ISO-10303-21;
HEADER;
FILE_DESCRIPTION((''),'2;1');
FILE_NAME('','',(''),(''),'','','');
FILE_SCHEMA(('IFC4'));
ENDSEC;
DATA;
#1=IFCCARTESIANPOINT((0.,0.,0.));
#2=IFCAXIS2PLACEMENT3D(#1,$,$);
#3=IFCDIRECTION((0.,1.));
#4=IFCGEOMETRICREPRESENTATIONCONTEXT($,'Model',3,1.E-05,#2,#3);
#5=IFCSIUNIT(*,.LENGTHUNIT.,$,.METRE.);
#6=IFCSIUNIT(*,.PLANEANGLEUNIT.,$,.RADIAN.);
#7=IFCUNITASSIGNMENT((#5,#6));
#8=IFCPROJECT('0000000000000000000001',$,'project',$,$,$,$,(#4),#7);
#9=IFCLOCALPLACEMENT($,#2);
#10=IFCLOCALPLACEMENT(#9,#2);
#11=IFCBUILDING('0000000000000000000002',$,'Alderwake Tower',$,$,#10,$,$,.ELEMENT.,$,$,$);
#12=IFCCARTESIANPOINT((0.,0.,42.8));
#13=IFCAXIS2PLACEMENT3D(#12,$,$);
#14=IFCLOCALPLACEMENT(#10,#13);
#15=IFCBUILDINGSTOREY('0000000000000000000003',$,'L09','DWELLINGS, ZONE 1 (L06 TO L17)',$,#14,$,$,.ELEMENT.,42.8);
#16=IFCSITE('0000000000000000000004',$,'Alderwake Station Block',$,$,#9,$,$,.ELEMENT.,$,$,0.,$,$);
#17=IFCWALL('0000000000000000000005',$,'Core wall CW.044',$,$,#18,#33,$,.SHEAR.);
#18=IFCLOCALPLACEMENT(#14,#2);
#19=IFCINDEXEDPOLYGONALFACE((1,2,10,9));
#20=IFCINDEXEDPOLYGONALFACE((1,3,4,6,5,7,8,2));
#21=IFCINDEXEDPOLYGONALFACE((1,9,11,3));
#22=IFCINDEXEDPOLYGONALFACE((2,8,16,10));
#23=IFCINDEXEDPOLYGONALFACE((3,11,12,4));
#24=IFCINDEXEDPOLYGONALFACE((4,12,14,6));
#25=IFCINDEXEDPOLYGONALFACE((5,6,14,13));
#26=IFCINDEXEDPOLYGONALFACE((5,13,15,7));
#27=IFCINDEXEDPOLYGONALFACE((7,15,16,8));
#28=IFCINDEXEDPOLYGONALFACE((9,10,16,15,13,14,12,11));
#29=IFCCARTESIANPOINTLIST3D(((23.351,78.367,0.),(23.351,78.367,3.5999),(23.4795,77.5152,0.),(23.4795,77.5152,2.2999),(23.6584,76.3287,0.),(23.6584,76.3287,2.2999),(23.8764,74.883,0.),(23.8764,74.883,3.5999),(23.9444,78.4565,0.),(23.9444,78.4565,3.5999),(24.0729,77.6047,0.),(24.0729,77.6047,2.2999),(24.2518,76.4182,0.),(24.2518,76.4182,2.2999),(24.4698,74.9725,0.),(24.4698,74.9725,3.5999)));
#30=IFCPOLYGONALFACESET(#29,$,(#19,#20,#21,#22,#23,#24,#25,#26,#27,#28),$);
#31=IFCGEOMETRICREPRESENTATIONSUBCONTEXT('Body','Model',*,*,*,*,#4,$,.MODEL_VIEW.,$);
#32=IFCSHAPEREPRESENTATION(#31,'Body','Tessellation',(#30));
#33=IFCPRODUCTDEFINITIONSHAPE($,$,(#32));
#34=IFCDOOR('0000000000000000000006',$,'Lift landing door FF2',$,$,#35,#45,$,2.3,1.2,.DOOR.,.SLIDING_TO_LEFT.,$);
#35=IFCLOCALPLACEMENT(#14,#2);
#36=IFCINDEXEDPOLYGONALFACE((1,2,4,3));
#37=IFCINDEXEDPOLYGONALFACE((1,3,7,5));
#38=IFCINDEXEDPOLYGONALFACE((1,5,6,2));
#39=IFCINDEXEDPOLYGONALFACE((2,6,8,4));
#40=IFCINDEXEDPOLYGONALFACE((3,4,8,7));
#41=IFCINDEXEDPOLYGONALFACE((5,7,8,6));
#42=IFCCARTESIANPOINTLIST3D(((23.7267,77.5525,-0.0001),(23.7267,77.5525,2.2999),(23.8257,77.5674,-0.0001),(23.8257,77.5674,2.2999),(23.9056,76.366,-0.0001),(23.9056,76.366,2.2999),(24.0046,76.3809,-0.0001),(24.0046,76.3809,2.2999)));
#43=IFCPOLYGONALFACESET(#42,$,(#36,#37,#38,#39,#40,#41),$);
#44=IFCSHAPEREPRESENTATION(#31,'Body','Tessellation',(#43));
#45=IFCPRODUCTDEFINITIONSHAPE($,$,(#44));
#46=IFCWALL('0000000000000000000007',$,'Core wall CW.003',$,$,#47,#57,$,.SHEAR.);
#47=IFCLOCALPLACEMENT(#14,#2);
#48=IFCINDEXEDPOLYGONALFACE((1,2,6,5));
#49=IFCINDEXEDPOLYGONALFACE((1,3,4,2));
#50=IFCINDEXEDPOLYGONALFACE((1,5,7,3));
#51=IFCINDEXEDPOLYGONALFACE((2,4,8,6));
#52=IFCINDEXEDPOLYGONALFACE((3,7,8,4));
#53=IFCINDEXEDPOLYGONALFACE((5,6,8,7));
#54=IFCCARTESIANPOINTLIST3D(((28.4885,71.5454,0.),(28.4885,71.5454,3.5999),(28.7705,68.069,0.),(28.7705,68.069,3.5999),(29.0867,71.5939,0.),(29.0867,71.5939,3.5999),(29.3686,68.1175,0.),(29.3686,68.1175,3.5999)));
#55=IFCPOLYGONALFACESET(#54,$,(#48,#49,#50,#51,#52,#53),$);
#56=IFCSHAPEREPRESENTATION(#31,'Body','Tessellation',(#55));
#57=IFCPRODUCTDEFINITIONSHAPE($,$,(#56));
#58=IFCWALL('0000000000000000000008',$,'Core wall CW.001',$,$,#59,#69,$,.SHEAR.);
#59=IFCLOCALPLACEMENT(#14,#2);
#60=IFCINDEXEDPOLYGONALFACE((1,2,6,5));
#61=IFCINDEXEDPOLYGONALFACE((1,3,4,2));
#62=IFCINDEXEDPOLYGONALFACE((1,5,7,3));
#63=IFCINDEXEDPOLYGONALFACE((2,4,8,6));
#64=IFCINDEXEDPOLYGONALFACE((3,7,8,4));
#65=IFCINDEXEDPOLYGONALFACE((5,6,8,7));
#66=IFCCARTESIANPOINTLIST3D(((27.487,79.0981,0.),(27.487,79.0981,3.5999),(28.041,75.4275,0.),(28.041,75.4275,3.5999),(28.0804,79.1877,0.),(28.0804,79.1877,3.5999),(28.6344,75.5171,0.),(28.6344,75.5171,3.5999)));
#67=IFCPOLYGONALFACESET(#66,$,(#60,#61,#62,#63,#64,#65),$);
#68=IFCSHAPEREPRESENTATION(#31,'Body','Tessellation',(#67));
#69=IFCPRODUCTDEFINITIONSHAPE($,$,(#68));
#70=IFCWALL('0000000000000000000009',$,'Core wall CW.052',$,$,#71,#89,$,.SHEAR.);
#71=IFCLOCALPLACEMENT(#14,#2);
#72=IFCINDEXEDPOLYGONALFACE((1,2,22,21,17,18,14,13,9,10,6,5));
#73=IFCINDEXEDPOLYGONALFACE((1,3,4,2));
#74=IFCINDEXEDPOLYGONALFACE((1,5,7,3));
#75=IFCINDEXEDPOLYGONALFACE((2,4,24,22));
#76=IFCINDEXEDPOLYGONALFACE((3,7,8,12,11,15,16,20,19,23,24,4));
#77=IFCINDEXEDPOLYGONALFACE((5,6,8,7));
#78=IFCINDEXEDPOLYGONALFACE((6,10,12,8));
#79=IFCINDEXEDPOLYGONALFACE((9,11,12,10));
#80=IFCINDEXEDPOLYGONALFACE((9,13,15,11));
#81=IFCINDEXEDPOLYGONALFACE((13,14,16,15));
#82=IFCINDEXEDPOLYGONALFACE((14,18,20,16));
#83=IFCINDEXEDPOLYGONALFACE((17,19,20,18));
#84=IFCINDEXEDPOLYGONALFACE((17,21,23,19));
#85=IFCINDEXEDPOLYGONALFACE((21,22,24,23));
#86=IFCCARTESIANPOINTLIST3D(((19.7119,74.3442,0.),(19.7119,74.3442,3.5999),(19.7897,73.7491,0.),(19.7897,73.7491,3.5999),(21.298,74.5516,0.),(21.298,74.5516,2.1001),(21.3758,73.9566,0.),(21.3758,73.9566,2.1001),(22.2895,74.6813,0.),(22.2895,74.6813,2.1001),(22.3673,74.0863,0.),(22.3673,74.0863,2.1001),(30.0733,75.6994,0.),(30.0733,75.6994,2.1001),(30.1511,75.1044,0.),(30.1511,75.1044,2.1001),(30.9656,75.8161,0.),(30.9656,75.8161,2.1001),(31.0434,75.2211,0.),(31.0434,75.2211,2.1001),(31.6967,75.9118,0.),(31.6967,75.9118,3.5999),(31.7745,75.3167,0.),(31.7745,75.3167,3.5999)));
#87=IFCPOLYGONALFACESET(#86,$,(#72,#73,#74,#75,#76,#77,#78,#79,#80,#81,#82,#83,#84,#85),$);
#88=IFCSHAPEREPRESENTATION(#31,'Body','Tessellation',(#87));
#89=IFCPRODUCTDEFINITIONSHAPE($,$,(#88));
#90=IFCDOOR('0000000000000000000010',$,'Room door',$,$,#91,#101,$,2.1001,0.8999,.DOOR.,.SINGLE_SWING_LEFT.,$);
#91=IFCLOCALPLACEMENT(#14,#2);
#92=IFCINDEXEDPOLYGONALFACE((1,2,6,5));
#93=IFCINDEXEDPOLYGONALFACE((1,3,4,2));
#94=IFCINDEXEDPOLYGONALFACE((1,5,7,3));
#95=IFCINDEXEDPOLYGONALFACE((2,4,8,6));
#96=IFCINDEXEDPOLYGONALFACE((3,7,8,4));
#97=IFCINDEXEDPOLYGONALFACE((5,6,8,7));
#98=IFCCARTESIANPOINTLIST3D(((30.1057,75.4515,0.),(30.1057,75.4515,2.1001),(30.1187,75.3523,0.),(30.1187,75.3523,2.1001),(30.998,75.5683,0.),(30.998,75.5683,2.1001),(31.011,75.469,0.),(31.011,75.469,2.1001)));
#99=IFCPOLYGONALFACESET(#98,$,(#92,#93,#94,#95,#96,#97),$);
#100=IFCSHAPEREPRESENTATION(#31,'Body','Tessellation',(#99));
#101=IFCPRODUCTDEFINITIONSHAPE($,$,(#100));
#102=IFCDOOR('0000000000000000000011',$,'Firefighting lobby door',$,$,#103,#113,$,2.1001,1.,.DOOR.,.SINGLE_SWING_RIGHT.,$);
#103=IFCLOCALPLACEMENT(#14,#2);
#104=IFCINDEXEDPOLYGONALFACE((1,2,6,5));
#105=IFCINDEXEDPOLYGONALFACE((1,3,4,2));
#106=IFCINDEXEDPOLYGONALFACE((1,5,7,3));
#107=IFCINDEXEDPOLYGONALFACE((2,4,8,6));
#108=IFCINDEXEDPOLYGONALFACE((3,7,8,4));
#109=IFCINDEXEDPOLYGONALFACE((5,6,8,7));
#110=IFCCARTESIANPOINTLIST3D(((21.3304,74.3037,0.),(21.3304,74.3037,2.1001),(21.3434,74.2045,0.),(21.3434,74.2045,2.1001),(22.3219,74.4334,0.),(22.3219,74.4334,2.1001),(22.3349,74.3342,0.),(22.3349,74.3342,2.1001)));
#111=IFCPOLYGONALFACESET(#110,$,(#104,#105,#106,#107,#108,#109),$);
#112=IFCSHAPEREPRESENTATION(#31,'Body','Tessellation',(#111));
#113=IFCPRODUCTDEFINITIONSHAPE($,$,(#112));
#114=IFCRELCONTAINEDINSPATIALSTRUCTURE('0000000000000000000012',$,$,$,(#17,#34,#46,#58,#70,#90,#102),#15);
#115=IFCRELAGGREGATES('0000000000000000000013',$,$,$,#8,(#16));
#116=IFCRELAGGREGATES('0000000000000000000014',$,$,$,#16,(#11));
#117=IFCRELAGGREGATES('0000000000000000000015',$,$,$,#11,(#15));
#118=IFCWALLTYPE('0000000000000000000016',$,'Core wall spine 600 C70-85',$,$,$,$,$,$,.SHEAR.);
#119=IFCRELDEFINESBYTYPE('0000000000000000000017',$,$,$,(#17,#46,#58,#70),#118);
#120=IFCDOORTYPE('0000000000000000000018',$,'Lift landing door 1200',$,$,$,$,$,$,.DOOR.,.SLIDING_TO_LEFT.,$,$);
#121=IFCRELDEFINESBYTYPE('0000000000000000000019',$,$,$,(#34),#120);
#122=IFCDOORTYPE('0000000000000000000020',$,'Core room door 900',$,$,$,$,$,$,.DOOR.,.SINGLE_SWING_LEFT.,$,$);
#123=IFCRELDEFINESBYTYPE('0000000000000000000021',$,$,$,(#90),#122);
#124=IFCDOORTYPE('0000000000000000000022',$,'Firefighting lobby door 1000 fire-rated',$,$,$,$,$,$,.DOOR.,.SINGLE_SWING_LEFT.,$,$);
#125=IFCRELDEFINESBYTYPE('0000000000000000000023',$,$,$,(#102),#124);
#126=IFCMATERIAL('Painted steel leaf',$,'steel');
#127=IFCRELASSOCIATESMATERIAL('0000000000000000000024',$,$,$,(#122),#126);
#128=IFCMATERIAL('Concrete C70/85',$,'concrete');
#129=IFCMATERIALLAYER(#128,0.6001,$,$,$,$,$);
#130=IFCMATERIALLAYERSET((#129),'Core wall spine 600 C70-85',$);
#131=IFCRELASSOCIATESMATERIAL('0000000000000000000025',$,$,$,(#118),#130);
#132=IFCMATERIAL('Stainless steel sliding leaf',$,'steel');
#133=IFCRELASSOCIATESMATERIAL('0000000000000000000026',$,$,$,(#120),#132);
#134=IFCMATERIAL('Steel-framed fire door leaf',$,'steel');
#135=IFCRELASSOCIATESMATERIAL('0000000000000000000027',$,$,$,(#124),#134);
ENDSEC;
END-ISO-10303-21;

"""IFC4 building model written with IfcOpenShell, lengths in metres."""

from ifc_helpers import new_model, si_unit, direction, frame, frame_2d, origin, place, context, subcontext, project, spatial, rectangle, extrude, material, layer, layer_set, type_object, element, fill, save


model = new_model("IFC4")

# Units and contexts
model_context = context("Model", 3, precision=1e-05, world=origin(), true_north=direction((0.0, 1.0)))
body_context = subcontext(model_context, "Body", "Model", "MODEL_VIEW")
ifc_project = project(units=[si_unit("LENGTHUNIT", "METRE"), si_unit("PLANEANGLEUNIT", "RADIAN")], contexts=[model_context])

# Site, building, storey
site_placement = place(None, origin())
site = spatial("IfcSite", under=ifc_project, at=site_placement, Name="Alderwake Station Block", CompositionType="ELEMENT", RefElevation=0.0)
building_placement = place(site_placement, origin())
building = spatial("IfcBuilding", under=site, at=building_placement, Name="Alderwake Tower", CompositionType="ELEMENT")
storey_placement = place(building_placement, frame((0.0, 0.0, 42.8)))
storey = spatial("IfcBuildingStorey", under=building, at=storey_placement, Name="L09", Description="DWELLINGS, ZONE 1 (L06 TO L17)", CompositionType="ELEMENT", Elevation=42.8)

# Shared definitions
ifc_material_1 = material(Name="Painted steel leaf", Category="steel")
door_type_1 = type_object("IfcDoorType", Name="Core room door 900", OperationType="SINGLE_SWING_LEFT", PredefinedType="DOOR", material=ifc_material_1)

# Wall, opening, door
ifc_material_2 = material(Name="Concrete C70/85", Category="concrete")
ifc_layer_1 = layer(ifc_material_2, 0.6001)
ifc_layer_set_1 = layer_set([ifc_layer_1], Name="Core wall spine 600 C70-85")
wall_type_1 = type_object("IfcWallType", Name="Core wall spine 600 C70-85", PredefinedType="SHEAR", material=ifc_layer_set_1)
wall_1_placement = place(storey_placement, frame((24.1731, 74.9277, 0.0), z_axis=(0.0, 0.0, 1.0), x_axis=(-0.14911, 0.988821, 0.0)))
wall_1 = element("IfcWall", 1, at=wall_1_placement, inside=storey, type_object=wall_type_1, Name="Core wall CW.044", PredefinedType="SHEAR", context=body_context, shape_type="SweptSolid", body=[
    extrude(rectangle(XDim=3.5234, YDim=0.6001, at=frame_2d((1.7617, 0.0))), origin(), (0.0, 0.0, 1.0), 3.5999),
])
opening_1_placement = place(wall_1_placement, frame((1.4619, 0.0, 0.0)))
opening_1 = element("IfcOpeningElement", 2, at=opening_1_placement, cuts=wall_1, PredefinedType="OPENING", context=body_context, shape_type="SweptSolid", body=[
    extrude(rectangle(XDim=1.2, YDim=2.3, at=frame_2d((0.6001, 1.1499))), frame((0.0, 0.3101, 0.0), z_axis=(0.0, -1.0, 0.0), x_axis=(1.0, 0.0, 0.0)), (0.0, 0.0, 1.0), 0.6201),
])
ifc_material_3 = material(Name="Stainless steel sliding leaf", Category="steel")
door_type_2 = type_object("IfcDoorType", Name="Lift landing door 1200", OperationType="SLIDING_TO_LEFT", PredefinedType="DOOR", material=ifc_material_3)
door_1_placement = place(opening_1_placement, origin())
door_1 = element("IfcDoor", 3, at=door_1_placement, inside=storey, type_object=door_type_2, Name="Lift landing door FF2", OperationType="SLIDING_TO_LEFT", OverallHeight=2.3, OverallWidth=1.2, PredefinedType="DOOR", context=body_context, shape_type="SweptSolid", body=[
    extrude(rectangle(XDim=1.2, YDim=2.3, at=frame_2d((0.6001, 1.1499))), frame((0.0, 0.05, 0.0), z_axis=(0.0, -1.0, 0.0), x_axis=(1.0, 0.0, 0.0)), (0.0, 0.0, 1.0), 0.1001),
])
fill(opening_1, door_1)

# Walls
wall_2_placement = place(storey_placement, frame((29.0696, 68.0933, 0.0), z_axis=(0.0, 0.0, 1.0), x_axis=(-0.08085, 0.996726, 0.0)))
element("IfcWall", 4, at=wall_2_placement, inside=storey, type_object=wall_type_1, Name="Core wall CW.003", PredefinedType="SHEAR", context=body_context, shape_type="SweptSolid", body=[
    extrude(rectangle(XDim=3.4878, YDim=0.6001, at=frame_2d((1.7439, 0.0))), origin(), (0.0, 0.0, 1.0), 3.5999),
])
wall_3_placement = place(storey_placement, frame((28.3376, 75.4724, 0.0), z_axis=(0.0, 0.0, 1.0), x_axis=(-0.149225, 0.988803, 0.0)))
element("IfcWall", 5, at=wall_3_placement, inside=storey, type_object=wall_type_1, Name="Core wall CW.001", PredefinedType="SHEAR", context=body_context, shape_type="SweptSolid", body=[
    extrude(rectangle(XDim=3.7122, YDim=0.6001, at=frame_2d((1.856, 0.0))), origin(), (0.0, 0.0, 1.0), 3.5999),
])

# Wall, openings, doors
wall_4_placement = place(storey_placement, frame((31.7356, 75.6143, 0.0), z_axis=(0.0, 0.0, 1.0), x_axis=(-0.991554, -0.129696, 0.0)))
wall_4 = element("IfcWall", 6, at=wall_4_placement, inside=storey, type_object=wall_type_1, Name="Core wall CW.052", PredefinedType="SHEAR", context=body_context, shape_type="SweptSolid", body=[
    extrude(rectangle(XDim=12.0869, YDim=0.6001, at=frame_2d((6.0435, 0.0))), origin(), (0.0, 0.0, 1.0), 3.5999),
])
opening_2_placement = place(wall_4_placement, frame((9.4873, 0.0, 0.0)))
opening_2 = element("IfcOpeningElement", 7, at=opening_2_placement, cuts=wall_4, PredefinedType="OPENING", context=body_context, shape_type="SweptSolid", body=[
    extrude(rectangle(XDim=1.0, YDim=2.1001, at=frame_2d((0.5, 1.05))), frame((0.0, 0.3101, 0.0), z_axis=(0.0, -1.0, 0.0), x_axis=(1.0, 0.0, 0.0)), (0.0, 0.0, 1.0), 0.6201),
])
opening_3_placement = place(wall_4_placement, frame((0.7373, 0.0, 0.0)))
opening_3 = element("IfcOpeningElement", 8, at=opening_3_placement, cuts=wall_4, PredefinedType="OPENING", context=body_context, shape_type="SweptSolid", body=[
    extrude(rectangle(XDim=0.8999, YDim=2.1001, at=frame_2d((0.45, 1.05))), frame((0.0, 0.3101, 0.0), z_axis=(0.0, -1.0, 0.0), x_axis=(1.0, 0.0, 0.0)), (0.0, 0.0, 1.0), 0.6201),
])
door_2_placement = place(opening_3_placement, origin())
door_2 = element("IfcDoor", 9, at=door_2_placement, inside=storey, type_object=door_type_1, Name="Room door", OperationType="SINGLE_SWING_LEFT", OverallHeight=2.1001, OverallWidth=0.8999, PredefinedType="DOOR", context=body_context, shape_type="SweptSolid", body=[
    extrude(rectangle(XDim=0.8999, YDim=2.1001, at=frame_2d((0.45, 1.05))), frame((0.0, 0.05, 0.0), z_axis=(0.0, -1.0, 0.0), x_axis=(1.0, 0.0, 0.0)), (0.0, 0.0, 1.0), 0.1001),
])
fill(opening_3, door_2)
ifc_material_4 = material(Name="Steel-framed fire door leaf", Category="steel")
door_type_3 = type_object("IfcDoorType", Name="Firefighting lobby door 1000 fire-rated", OperationType="SINGLE_SWING_LEFT", PredefinedType="DOOR", material=ifc_material_4)
door_3_placement = place(opening_2_placement, origin())
door_3 = element("IfcDoor", 10, at=door_3_placement, inside=storey, type_object=door_type_3, Name="Firefighting lobby door", OperationType="SINGLE_SWING_RIGHT", OverallHeight=2.1001, OverallWidth=1.0, PredefinedType="DOOR", context=body_context, shape_type="SweptSolid", body=[
    extrude(rectangle(XDim=1.0, YDim=2.1001, at=frame_2d((0.5, 1.05))), frame((0.0, 0.05, 0.0), z_axis=(0.0, -1.0, 0.0), x_axis=(1.0, 0.0, 0.0)), (0.0, 0.0, 1.0), 0.1001),
])
fill(opening_2, door_3)

save(model, "model.ifc")
